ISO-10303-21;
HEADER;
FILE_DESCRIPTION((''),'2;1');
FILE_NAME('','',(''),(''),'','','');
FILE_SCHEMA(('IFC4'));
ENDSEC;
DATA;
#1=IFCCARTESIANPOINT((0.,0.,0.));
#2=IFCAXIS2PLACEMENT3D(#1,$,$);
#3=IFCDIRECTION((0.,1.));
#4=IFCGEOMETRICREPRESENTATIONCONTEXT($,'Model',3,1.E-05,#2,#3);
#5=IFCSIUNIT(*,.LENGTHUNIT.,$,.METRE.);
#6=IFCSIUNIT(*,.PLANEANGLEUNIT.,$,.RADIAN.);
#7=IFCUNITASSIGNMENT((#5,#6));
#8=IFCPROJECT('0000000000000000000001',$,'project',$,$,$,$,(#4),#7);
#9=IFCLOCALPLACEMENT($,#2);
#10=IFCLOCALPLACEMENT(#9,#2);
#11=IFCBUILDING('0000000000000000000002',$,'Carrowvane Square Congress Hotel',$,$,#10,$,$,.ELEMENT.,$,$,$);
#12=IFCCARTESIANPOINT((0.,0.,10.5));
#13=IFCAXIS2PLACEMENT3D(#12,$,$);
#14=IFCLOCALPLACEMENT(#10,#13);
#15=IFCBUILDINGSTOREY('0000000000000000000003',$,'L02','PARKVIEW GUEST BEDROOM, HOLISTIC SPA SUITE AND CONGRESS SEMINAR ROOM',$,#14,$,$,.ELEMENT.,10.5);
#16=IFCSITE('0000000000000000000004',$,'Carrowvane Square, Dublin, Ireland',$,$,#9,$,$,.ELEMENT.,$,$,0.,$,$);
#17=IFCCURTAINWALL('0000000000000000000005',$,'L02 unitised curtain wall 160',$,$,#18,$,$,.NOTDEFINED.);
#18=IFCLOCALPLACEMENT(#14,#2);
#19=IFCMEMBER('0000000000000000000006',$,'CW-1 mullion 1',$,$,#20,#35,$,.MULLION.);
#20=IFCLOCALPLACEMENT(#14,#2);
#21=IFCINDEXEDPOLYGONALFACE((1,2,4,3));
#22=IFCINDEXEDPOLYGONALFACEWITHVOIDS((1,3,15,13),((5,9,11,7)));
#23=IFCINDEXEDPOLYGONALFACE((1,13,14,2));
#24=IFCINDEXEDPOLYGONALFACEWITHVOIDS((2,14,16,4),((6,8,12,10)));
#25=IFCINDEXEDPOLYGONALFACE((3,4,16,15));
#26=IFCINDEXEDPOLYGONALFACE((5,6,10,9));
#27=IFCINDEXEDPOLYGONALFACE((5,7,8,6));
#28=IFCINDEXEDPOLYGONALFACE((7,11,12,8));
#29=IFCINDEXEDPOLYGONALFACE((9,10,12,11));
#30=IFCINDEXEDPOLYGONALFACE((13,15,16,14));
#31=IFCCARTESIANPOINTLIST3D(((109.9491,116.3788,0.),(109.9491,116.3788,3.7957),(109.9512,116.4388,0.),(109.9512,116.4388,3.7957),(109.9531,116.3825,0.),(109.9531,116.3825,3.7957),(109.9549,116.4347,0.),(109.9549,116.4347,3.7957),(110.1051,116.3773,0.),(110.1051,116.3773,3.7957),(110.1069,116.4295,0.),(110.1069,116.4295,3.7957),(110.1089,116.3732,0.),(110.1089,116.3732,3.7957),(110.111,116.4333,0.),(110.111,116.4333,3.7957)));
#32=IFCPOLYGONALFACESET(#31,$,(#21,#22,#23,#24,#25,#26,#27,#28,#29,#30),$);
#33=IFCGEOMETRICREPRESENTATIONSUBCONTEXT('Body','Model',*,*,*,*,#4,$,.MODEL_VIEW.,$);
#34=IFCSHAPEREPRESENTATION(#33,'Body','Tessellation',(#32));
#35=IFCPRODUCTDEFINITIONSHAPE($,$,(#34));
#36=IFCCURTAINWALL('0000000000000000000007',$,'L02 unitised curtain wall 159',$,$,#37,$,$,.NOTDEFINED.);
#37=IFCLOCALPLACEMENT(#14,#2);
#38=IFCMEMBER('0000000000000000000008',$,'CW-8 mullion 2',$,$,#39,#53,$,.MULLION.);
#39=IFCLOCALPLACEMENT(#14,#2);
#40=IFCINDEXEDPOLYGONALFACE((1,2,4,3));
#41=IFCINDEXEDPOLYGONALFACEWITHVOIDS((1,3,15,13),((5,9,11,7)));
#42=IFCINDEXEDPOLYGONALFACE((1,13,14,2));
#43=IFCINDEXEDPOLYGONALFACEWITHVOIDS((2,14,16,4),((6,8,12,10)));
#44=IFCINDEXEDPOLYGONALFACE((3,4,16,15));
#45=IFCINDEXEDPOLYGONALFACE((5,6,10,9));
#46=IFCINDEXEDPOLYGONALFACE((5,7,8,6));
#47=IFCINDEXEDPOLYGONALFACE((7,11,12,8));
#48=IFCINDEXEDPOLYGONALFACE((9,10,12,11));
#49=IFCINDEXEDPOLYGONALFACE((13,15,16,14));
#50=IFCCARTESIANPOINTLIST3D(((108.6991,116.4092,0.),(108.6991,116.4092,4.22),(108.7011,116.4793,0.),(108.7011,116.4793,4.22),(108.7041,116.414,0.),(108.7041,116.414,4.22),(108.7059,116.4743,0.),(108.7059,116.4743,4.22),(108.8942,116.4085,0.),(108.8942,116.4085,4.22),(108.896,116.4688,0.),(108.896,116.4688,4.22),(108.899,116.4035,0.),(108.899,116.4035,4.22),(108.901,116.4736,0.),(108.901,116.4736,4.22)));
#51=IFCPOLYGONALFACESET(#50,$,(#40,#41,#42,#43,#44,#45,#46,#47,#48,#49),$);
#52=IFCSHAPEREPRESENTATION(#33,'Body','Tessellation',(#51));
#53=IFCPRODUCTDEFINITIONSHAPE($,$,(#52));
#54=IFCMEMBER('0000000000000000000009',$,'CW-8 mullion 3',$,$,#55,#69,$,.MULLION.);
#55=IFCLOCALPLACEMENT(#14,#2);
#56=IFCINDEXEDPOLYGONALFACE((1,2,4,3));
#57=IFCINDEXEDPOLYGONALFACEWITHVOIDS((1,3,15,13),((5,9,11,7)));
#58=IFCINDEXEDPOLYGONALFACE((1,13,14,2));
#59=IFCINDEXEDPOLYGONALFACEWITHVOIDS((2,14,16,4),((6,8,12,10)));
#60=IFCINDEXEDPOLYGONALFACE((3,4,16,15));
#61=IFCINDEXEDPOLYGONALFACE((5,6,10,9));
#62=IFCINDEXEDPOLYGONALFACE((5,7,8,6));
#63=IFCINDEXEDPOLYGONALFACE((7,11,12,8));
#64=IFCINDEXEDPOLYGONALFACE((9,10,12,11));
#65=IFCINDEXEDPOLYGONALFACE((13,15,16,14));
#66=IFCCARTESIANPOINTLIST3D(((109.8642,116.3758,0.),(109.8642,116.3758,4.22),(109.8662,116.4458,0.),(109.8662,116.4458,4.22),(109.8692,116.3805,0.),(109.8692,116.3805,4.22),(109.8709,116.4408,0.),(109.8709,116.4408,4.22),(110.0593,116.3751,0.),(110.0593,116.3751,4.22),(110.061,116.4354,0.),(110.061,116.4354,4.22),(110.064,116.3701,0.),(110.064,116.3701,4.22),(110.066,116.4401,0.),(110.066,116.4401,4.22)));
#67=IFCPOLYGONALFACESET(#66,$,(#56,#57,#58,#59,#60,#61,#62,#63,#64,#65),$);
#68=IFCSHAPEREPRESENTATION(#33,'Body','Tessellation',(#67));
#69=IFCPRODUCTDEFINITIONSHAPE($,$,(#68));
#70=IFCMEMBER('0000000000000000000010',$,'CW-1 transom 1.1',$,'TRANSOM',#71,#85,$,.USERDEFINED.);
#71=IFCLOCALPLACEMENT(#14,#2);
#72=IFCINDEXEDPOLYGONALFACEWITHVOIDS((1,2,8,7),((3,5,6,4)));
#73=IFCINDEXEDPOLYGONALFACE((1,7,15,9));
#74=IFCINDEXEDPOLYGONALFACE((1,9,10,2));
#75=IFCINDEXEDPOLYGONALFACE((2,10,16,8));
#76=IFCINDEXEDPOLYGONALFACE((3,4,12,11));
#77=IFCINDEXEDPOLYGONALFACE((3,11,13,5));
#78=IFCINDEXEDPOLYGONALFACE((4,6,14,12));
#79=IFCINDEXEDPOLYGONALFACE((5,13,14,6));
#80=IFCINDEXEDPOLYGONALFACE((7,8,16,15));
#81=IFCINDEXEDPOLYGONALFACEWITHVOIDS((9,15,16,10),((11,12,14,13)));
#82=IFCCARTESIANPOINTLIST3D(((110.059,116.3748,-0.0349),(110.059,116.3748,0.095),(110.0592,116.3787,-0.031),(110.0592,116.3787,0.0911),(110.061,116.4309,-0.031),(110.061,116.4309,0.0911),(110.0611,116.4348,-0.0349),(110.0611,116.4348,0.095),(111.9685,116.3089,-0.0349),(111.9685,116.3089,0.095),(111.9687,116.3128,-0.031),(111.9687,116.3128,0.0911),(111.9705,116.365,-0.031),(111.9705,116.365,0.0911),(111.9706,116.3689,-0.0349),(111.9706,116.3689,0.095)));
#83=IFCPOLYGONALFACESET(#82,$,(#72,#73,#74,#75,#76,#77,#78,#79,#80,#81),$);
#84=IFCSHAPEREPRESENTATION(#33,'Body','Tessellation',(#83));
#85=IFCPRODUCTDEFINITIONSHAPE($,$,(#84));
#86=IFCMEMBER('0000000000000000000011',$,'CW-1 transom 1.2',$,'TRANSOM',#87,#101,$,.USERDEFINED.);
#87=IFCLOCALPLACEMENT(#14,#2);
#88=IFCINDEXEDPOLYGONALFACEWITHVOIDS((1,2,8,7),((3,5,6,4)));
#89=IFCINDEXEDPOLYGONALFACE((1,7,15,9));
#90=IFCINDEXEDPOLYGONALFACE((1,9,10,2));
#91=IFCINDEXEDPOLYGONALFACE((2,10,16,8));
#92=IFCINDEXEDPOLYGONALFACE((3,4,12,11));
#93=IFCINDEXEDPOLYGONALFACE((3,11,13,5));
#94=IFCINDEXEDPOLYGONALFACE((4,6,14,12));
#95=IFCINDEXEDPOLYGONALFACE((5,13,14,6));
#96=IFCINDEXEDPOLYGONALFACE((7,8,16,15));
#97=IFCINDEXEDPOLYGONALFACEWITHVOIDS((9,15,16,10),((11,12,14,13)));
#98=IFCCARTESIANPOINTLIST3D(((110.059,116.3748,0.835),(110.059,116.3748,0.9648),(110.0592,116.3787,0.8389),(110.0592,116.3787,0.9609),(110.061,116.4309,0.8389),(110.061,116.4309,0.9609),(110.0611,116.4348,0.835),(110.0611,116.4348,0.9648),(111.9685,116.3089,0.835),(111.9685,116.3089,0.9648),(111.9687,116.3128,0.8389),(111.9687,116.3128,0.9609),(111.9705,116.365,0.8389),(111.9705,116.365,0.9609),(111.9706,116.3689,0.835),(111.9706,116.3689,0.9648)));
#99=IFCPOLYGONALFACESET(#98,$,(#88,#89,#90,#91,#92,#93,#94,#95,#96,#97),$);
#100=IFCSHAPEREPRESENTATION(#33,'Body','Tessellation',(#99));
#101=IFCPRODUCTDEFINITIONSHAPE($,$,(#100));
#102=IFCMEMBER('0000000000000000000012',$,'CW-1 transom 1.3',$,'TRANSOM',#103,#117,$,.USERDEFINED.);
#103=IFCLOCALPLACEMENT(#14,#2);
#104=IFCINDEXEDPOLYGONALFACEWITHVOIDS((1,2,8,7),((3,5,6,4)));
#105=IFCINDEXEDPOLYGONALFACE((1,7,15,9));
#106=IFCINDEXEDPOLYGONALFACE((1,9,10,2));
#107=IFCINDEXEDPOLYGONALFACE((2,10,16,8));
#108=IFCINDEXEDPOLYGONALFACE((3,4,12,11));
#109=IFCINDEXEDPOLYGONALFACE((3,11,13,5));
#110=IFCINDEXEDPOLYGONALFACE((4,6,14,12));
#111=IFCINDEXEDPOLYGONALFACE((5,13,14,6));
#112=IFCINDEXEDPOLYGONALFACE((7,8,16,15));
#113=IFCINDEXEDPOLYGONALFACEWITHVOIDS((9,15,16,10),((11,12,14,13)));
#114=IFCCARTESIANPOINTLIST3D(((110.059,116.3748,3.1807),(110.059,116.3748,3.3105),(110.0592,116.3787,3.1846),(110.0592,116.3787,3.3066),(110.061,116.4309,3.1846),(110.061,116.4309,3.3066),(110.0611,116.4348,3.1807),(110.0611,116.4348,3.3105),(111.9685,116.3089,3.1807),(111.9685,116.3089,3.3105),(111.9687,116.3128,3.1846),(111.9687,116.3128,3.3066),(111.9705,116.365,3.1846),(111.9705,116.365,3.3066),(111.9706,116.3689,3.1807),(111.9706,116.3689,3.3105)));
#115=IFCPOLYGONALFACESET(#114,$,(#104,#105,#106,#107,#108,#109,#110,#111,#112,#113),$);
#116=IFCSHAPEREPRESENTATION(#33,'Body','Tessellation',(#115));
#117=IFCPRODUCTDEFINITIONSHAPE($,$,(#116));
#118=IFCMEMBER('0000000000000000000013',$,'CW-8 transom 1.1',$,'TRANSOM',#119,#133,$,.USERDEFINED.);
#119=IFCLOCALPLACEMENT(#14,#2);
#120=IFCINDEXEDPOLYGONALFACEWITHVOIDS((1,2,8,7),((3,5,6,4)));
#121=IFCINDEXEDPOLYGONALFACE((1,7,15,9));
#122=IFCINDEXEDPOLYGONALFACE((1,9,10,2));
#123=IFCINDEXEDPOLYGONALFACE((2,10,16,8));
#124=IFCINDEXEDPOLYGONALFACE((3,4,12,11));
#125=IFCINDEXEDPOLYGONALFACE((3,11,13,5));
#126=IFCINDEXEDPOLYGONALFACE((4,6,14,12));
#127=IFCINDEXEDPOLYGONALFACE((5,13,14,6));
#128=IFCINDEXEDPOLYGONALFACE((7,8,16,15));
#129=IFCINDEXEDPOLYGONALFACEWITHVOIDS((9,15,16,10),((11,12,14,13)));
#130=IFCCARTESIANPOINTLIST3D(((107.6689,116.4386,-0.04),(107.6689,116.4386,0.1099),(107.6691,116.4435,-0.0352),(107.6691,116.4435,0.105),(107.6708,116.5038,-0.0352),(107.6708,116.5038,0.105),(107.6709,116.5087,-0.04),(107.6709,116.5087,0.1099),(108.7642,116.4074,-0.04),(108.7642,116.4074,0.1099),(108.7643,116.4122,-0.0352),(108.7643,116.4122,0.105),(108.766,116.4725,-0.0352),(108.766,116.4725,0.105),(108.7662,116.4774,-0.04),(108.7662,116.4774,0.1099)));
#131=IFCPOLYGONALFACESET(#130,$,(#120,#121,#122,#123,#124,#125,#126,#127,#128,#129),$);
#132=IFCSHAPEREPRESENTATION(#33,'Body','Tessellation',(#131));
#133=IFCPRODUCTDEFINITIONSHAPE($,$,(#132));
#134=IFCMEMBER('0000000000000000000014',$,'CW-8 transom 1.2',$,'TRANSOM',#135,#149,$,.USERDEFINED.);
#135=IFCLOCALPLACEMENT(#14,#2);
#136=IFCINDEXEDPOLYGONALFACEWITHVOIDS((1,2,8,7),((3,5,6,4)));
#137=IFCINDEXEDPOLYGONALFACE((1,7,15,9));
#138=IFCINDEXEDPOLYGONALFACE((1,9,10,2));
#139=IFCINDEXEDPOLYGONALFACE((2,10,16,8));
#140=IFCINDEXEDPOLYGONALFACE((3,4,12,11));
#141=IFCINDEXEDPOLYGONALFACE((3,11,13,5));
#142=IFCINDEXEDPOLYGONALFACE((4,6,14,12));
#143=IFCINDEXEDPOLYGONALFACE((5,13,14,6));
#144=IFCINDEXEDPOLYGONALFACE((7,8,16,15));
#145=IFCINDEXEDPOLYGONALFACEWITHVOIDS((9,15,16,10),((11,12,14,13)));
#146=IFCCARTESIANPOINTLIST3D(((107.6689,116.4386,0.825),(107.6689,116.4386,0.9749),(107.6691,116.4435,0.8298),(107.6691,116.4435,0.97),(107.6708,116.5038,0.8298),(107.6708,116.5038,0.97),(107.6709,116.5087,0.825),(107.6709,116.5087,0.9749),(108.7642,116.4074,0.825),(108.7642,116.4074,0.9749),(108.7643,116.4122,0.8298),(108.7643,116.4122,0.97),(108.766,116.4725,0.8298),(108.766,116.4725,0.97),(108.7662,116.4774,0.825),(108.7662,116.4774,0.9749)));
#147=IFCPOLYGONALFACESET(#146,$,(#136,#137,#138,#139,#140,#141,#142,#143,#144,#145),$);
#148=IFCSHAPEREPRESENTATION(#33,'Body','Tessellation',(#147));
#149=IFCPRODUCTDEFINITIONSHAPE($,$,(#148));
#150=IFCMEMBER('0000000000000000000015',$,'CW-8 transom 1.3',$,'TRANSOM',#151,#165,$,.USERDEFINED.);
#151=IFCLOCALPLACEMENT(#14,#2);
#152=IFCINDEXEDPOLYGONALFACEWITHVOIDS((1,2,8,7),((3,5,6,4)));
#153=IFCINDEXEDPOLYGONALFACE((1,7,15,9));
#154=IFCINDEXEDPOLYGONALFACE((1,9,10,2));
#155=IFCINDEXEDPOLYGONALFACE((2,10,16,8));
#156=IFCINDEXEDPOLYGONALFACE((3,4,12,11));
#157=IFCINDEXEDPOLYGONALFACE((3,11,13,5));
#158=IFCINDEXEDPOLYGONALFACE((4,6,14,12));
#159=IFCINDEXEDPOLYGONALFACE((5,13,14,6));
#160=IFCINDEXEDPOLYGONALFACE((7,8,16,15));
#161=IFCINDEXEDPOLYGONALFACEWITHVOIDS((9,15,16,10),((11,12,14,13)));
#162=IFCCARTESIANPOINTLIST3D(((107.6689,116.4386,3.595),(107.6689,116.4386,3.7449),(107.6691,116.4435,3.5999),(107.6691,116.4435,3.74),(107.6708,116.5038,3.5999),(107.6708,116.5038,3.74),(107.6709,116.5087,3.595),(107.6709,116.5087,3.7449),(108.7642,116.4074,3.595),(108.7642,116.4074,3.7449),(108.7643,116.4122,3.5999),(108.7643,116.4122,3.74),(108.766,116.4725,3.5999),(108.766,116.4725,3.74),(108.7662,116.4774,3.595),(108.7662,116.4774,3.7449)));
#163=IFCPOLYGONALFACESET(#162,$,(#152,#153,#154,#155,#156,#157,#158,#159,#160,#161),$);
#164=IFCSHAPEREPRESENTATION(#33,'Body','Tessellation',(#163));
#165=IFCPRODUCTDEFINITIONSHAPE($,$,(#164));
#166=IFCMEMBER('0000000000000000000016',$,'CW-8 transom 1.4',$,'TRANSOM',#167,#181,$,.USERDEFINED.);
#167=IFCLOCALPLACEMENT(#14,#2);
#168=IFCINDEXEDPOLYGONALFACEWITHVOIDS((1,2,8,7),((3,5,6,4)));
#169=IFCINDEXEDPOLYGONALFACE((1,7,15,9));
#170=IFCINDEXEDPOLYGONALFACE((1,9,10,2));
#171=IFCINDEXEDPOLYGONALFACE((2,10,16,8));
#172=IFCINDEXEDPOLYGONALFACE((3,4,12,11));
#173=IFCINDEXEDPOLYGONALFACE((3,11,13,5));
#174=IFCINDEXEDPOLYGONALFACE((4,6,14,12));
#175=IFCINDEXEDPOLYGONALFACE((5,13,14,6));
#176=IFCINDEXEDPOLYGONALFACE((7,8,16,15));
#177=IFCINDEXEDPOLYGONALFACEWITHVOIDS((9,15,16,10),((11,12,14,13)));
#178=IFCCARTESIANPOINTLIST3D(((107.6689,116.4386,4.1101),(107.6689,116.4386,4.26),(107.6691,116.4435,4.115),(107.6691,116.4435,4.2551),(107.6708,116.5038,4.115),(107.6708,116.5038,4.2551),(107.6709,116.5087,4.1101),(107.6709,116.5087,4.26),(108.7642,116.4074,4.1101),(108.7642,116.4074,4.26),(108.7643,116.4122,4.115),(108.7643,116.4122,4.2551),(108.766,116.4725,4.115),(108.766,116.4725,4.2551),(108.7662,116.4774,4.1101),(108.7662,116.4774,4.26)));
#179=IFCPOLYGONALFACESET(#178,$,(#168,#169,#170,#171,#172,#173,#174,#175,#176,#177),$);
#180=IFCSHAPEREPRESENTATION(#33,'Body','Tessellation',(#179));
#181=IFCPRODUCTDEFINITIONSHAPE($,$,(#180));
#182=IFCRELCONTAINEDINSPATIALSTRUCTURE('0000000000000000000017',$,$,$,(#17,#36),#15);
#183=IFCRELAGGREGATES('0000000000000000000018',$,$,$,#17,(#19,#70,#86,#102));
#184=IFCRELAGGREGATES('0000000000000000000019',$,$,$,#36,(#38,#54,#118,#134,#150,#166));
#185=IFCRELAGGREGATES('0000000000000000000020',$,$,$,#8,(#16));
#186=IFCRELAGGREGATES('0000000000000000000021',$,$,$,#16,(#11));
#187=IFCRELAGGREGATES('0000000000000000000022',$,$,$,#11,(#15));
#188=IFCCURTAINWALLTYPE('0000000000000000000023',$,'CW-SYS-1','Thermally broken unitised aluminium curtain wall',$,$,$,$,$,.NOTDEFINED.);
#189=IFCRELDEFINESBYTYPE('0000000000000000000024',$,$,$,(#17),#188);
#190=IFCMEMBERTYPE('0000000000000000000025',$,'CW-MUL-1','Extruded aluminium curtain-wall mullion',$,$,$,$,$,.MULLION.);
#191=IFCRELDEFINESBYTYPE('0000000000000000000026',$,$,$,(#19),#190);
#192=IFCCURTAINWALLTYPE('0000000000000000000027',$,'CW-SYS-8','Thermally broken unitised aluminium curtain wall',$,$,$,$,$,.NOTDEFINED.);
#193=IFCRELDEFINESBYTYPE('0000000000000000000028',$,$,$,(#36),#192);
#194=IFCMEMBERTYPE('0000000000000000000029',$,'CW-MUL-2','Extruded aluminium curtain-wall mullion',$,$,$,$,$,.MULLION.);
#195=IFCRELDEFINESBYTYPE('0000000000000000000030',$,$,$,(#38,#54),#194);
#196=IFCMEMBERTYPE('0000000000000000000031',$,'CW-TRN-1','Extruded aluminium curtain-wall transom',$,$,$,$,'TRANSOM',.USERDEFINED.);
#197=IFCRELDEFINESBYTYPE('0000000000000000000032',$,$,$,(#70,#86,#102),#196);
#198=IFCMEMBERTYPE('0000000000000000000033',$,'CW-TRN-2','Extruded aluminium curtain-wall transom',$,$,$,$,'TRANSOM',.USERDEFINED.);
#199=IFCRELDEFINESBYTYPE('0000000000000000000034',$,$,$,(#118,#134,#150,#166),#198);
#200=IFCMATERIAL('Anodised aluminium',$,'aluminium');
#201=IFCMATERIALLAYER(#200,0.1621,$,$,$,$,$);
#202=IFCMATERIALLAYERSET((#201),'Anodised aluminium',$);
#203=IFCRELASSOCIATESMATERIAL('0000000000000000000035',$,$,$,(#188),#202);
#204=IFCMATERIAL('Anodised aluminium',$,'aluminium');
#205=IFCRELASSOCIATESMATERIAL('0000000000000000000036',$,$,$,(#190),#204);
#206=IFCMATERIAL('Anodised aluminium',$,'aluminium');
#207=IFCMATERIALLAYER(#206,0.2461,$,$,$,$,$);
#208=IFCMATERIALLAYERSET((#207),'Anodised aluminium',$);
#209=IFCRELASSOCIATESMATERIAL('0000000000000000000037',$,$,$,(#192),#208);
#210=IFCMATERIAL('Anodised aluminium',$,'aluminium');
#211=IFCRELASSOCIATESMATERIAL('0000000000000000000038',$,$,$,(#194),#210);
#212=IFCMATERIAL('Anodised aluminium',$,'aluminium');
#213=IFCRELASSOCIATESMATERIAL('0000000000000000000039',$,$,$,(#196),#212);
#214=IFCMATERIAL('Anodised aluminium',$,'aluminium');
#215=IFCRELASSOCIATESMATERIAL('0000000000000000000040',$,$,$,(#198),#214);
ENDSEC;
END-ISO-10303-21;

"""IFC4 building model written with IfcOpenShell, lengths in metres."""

from ifc_helpers import new_model, si_unit, direction, frame, origin, origin_2d, place, context, subcontext, project, spatial, hollow_rectangle, extrude, material, layer, layer_set, material_profile, profile_set, type_object, element, aggregate, save


model = new_model("IFC4")

# Units and contexts
model_context = context("Model", 3, precision=1e-05, world=origin(), true_north=direction((0.0, 1.0)))
body_context = subcontext(model_context, "Body", "Model", "MODEL_VIEW")
ifc_project = project(units=[si_unit("LENGTHUNIT", "METRE"), si_unit("PLANEANGLEUNIT", "RADIAN")], contexts=[model_context])

# Site, building, storey
site_placement = place(None, origin())
site = spatial("IfcSite", under=ifc_project, at=site_placement, Name="Carrowvane Square, Dublin, Ireland", CompositionType="ELEMENT", RefElevation=0.0)
building_placement = place(site_placement, origin())
building = spatial("IfcBuilding", under=site, at=building_placement, Name="Carrowvane Square Congress Hotel", CompositionType="ELEMENT")
storey_placement = place(building_placement, frame((0.0, 0.0, 10.5)))
storey = spatial("IfcBuildingStorey", under=building, at=storey_placement, Name="L02", Description="PARKVIEW GUEST BEDROOM, HOLISTIC SPA SUITE AND CONGRESS SEMINAR ROOM", CompositionType="ELEMENT", Elevation=10.5)

# Curtain wall, member
ifc_material_1 = material(Name="Anodised aluminium", Category="aluminium")
ifc_layer_1 = layer(ifc_material_1, 0.1621)
ifc_layer_set_1 = layer_set([ifc_layer_1], Name="Anodised aluminium")
curtain_wall_type_1 = type_object("IfcCurtainWallType", Name="CW-SYS-1", Description="Thermally broken unitised aluminium curtain wall", PredefinedType="NOTDEFINED", material=ifc_layer_set_1)
curtain_wall_1_placement = place(storey_placement, origin())
curtain_wall_1 = element("IfcCurtainWall", 1, at=curtain_wall_1_placement, inside=storey, type_object=curtain_wall_type_1, Name="L02 unitised curtain wall 160", PredefinedType="NOTDEFINED")
ifc_material_2 = material(Name="Anodised aluminium", Category="aluminium")
ifc_material_profile_1 = material_profile(ifc_material_2, hollow_rectangle(XDim=0.0601, YDim=0.1599, WallThickness=0.0039, at=origin_2d()), Name="CW-ML 60x160x4")
ifc_profile_set_1 = profile_set([ifc_material_profile_1], Name="Anodised aluminium")
member_type_1 = type_object("IfcMemberType", Name="CW-MUL-1", Description="Extruded aluminium curtain-wall mullion", PredefinedType="MULLION", material=ifc_profile_set_1)
member_1_placement = place(storey_placement, frame((110.03, 116.406, 0.0), z_axis=(0.0, 0.0, 1.0), x_axis=(0.03453, 0.999404, 0.0)))
member_1 = element("IfcMember", 2, at=member_1_placement, type_object=member_type_1, Name="CW-1 mullion 1", PredefinedType="MULLION", context=body_context, shape_type="SweptSolid", body=[
    extrude(hollow_rectangle(XDim=0.0601, YDim=0.1599, WallThickness=0.0039, at=origin_2d()), origin(), (0.0, 0.0, 1.0), 3.7957),
])

# Curtain wall, members
ifc_material_3 = material(Name="Anodised aluminium", Category="aluminium")
ifc_layer_2 = layer(ifc_material_3, 0.2461)
ifc_layer_set_2 = layer_set([ifc_layer_2], Name="Anodised aluminium")
curtain_wall_type_2 = type_object("IfcCurtainWallType", Name="CW-SYS-8", Description="Thermally broken unitised aluminium curtain wall", PredefinedType="NOTDEFINED", material=ifc_layer_set_2)
curtain_wall_2_placement = place(storey_placement, origin())
curtain_wall_2 = element("IfcCurtainWall", 3, at=curtain_wall_2_placement, inside=storey, type_object=curtain_wall_type_2, Name="L02 unitised curtain wall 159", PredefinedType="NOTDEFINED")
ifc_material_4 = material(Name="Anodised aluminium", Category="aluminium")
ifc_material_profile_2 = material_profile(ifc_material_4, hollow_rectangle(XDim=0.0701, YDim=0.2, WallThickness=0.0049, at=origin_2d()), Name="CW-ML 70x200x5")
ifc_profile_set_2 = profile_set([ifc_material_profile_2], Name="Anodised aluminium")
member_type_2 = type_object("IfcMemberType", Name="CW-MUL-2", Description="Extruded aluminium curtain-wall mullion", PredefinedType="MULLION", material=ifc_profile_set_2)
member_2_placement = place(storey_placement, frame((108.8, 116.4414, 0.0), z_axis=(0.0, 0.0, 1.0), x_axis=(0.028638, 0.99959, 0.0)))
member_2 = element("IfcMember", 4, at=member_2_placement, type_object=member_type_2, Name="CW-8 mullion 2", PredefinedType="MULLION", context=body_context, shape_type="SweptSolid", body=[
    extrude(hollow_rectangle(XDim=0.0701, YDim=0.2, WallThickness=0.0049, at=origin_2d()), origin(), (0.0, 0.0, 1.0), 4.22),
])
member_3_placement = place(storey_placement, frame((109.9651, 116.408, 0.0), z_axis=(0.0, 0.0, 1.0), x_axis=(0.028638, 0.99959, 0.0)))
member_3 = element("IfcMember", 5, at=member_3_placement, type_object=member_type_2, Name="CW-8 mullion 3", PredefinedType="MULLION", context=body_context, shape_type="SweptSolid", body=[
    extrude(hollow_rectangle(XDim=0.0701, YDim=0.2, WallThickness=0.0049, at=origin_2d()), origin(), (0.0, 0.0, 1.0), 4.22),
])

# Members
ifc_material_5 = material(Name="Anodised aluminium", Category="aluminium")
ifc_material_profile_3 = material_profile(ifc_material_5, hollow_rectangle(XDim=0.0601, YDim=0.1299, WallThickness=0.0039, at=origin_2d()), Name="CW-TR 60x130x4")
ifc_profile_set_3 = profile_set([ifc_material_profile_3], Name="Anodised aluminium")
member_type_3 = type_object("IfcMemberType", Name="CW-TRN-1", Description="Extruded aluminium curtain-wall transom", ElementType="TRANSOM", PredefinedType="USERDEFINED", material=ifc_profile_set_3)
member_4_placement = place(storey_placement, frame((110.0601, 116.4048, 0.03), z_axis=(0.999405, -0.034502, 0.0), x_axis=(0.034502, 0.999405, 0.0)))
member_4 = element("IfcMember", 6, at=member_4_placement, type_object=member_type_3, Name="CW-1 transom 1.1", ObjectType="TRANSOM", PredefinedType="USERDEFINED", context=body_context, shape_type="SweptSolid", body=[
    extrude(hollow_rectangle(XDim=0.0601, YDim=0.1299, WallThickness=0.0039, at=origin_2d()), origin(), (0.0, 0.0, 1.0), 1.9106),
])
member_5_placement = place(storey_placement, frame((110.0601, 116.4048, 0.8999), z_axis=(0.999405, -0.034502, 0.0), x_axis=(0.034502, 0.999405, 0.0)))
member_5 = element("IfcMember", 7, at=member_5_placement, type_object=member_type_3, Name="CW-1 transom 1.2", ObjectType="TRANSOM", PredefinedType="USERDEFINED", context=body_context, shape_type="SweptSolid", body=[
    extrude(hollow_rectangle(XDim=0.0601, YDim=0.1299, WallThickness=0.0039, at=origin_2d()), origin(), (0.0, 0.0, 1.0), 1.9106),
])
member_6_placement = place(storey_placement, frame((110.0601, 116.4048, 3.2456), z_axis=(0.999405, -0.034502, 0.0), x_axis=(0.034502, 0.999405, 0.0)))
member_6 = element("IfcMember", 8, at=member_6_placement, type_object=member_type_3, Name="CW-1 transom 1.3", ObjectType="TRANSOM", PredefinedType="USERDEFINED", context=body_context, shape_type="SweptSolid", body=[
    extrude(hollow_rectangle(XDim=0.0601, YDim=0.1299, WallThickness=0.0039, at=origin_2d()), origin(), (0.0, 0.0, 1.0), 1.9106),
])
aggregate(curtain_wall_1, [member_1, member_4, member_5, member_6])
ifc_material_6 = material(Name="Anodised aluminium", Category="aluminium")
ifc_material_profile_4 = material_profile(ifc_material_6, hollow_rectangle(XDim=0.0701, YDim=0.1499, WallThickness=0.0049, at=origin_2d()), Name="CW-TR 70x150x5")
ifc_profile_set_4 = profile_set([ifc_material_profile_4], Name="Anodised aluminium")
member_type_4 = type_object("IfcMemberType", Name="CW-TRN-2", Description="Extruded aluminium curtain-wall transom", ElementType="TRANSOM", PredefinedType="USERDEFINED", material=ifc_profile_set_4)
member_7_placement = place(storey_placement, frame((107.6699, 116.4736, 0.0349), z_axis=(0.999593, -0.028522, 0.0), x_axis=(0.028522, 0.999593, 0.0)))
member_7 = element("IfcMember", 9, at=member_7_placement, type_object=member_type_4, Name="CW-8 transom 1.1", ObjectType="TRANSOM", PredefinedType="USERDEFINED", context=body_context, shape_type="SweptSolid", body=[
    extrude(hollow_rectangle(XDim=0.0701, YDim=0.1499, WallThickness=0.0049, at=origin_2d()), origin(), (0.0, 0.0, 1.0), 1.0957),
])
member_8_placement = place(storey_placement, frame((107.6699, 116.4736, 0.8999), z_axis=(0.999593, -0.028522, 0.0), x_axis=(0.028522, 0.999593, 0.0)))
member_8 = element("IfcMember", 10, at=member_8_placement, type_object=member_type_4, Name="CW-8 transom 1.2", ObjectType="TRANSOM", PredefinedType="USERDEFINED", context=body_context, shape_type="SweptSolid", body=[
    extrude(hollow_rectangle(XDim=0.0701, YDim=0.1499, WallThickness=0.0049, at=origin_2d()), origin(), (0.0, 0.0, 1.0), 1.0957),
])
member_9_placement = place(storey_placement, frame((107.6699, 116.4736, 3.6699), z_axis=(0.999593, -0.028522, 0.0), x_axis=(0.028522, 0.999593, 0.0)))
member_9 = element("IfcMember", 11, at=member_9_placement, type_object=member_type_4, Name="CW-8 transom 1.3", ObjectType="TRANSOM", PredefinedType="USERDEFINED", context=body_context, shape_type="SweptSolid", body=[
    extrude(hollow_rectangle(XDim=0.0701, YDim=0.1499, WallThickness=0.0049, at=origin_2d()), origin(), (0.0, 0.0, 1.0), 1.0957),
])
member_10_placement = place(storey_placement, frame((107.6699, 116.4736, 4.1851), z_axis=(0.999593, -0.028522, 0.0), x_axis=(0.028522, 0.999593, 0.0)))
member_10 = element("IfcMember", 12, at=member_10_placement, type_object=member_type_4, Name="CW-8 transom 1.4", ObjectType="TRANSOM", PredefinedType="USERDEFINED", context=body_context, shape_type="SweptSolid", body=[
    extrude(hollow_rectangle(XDim=0.0701, YDim=0.1499, WallThickness=0.0049, at=origin_2d()), origin(), (0.0, 0.0, 1.0), 1.0957),
])

aggregate(curtain_wall_2, [member_2, member_3, member_7, member_8, member_9, member_10])

save(model, "model.ifc")
